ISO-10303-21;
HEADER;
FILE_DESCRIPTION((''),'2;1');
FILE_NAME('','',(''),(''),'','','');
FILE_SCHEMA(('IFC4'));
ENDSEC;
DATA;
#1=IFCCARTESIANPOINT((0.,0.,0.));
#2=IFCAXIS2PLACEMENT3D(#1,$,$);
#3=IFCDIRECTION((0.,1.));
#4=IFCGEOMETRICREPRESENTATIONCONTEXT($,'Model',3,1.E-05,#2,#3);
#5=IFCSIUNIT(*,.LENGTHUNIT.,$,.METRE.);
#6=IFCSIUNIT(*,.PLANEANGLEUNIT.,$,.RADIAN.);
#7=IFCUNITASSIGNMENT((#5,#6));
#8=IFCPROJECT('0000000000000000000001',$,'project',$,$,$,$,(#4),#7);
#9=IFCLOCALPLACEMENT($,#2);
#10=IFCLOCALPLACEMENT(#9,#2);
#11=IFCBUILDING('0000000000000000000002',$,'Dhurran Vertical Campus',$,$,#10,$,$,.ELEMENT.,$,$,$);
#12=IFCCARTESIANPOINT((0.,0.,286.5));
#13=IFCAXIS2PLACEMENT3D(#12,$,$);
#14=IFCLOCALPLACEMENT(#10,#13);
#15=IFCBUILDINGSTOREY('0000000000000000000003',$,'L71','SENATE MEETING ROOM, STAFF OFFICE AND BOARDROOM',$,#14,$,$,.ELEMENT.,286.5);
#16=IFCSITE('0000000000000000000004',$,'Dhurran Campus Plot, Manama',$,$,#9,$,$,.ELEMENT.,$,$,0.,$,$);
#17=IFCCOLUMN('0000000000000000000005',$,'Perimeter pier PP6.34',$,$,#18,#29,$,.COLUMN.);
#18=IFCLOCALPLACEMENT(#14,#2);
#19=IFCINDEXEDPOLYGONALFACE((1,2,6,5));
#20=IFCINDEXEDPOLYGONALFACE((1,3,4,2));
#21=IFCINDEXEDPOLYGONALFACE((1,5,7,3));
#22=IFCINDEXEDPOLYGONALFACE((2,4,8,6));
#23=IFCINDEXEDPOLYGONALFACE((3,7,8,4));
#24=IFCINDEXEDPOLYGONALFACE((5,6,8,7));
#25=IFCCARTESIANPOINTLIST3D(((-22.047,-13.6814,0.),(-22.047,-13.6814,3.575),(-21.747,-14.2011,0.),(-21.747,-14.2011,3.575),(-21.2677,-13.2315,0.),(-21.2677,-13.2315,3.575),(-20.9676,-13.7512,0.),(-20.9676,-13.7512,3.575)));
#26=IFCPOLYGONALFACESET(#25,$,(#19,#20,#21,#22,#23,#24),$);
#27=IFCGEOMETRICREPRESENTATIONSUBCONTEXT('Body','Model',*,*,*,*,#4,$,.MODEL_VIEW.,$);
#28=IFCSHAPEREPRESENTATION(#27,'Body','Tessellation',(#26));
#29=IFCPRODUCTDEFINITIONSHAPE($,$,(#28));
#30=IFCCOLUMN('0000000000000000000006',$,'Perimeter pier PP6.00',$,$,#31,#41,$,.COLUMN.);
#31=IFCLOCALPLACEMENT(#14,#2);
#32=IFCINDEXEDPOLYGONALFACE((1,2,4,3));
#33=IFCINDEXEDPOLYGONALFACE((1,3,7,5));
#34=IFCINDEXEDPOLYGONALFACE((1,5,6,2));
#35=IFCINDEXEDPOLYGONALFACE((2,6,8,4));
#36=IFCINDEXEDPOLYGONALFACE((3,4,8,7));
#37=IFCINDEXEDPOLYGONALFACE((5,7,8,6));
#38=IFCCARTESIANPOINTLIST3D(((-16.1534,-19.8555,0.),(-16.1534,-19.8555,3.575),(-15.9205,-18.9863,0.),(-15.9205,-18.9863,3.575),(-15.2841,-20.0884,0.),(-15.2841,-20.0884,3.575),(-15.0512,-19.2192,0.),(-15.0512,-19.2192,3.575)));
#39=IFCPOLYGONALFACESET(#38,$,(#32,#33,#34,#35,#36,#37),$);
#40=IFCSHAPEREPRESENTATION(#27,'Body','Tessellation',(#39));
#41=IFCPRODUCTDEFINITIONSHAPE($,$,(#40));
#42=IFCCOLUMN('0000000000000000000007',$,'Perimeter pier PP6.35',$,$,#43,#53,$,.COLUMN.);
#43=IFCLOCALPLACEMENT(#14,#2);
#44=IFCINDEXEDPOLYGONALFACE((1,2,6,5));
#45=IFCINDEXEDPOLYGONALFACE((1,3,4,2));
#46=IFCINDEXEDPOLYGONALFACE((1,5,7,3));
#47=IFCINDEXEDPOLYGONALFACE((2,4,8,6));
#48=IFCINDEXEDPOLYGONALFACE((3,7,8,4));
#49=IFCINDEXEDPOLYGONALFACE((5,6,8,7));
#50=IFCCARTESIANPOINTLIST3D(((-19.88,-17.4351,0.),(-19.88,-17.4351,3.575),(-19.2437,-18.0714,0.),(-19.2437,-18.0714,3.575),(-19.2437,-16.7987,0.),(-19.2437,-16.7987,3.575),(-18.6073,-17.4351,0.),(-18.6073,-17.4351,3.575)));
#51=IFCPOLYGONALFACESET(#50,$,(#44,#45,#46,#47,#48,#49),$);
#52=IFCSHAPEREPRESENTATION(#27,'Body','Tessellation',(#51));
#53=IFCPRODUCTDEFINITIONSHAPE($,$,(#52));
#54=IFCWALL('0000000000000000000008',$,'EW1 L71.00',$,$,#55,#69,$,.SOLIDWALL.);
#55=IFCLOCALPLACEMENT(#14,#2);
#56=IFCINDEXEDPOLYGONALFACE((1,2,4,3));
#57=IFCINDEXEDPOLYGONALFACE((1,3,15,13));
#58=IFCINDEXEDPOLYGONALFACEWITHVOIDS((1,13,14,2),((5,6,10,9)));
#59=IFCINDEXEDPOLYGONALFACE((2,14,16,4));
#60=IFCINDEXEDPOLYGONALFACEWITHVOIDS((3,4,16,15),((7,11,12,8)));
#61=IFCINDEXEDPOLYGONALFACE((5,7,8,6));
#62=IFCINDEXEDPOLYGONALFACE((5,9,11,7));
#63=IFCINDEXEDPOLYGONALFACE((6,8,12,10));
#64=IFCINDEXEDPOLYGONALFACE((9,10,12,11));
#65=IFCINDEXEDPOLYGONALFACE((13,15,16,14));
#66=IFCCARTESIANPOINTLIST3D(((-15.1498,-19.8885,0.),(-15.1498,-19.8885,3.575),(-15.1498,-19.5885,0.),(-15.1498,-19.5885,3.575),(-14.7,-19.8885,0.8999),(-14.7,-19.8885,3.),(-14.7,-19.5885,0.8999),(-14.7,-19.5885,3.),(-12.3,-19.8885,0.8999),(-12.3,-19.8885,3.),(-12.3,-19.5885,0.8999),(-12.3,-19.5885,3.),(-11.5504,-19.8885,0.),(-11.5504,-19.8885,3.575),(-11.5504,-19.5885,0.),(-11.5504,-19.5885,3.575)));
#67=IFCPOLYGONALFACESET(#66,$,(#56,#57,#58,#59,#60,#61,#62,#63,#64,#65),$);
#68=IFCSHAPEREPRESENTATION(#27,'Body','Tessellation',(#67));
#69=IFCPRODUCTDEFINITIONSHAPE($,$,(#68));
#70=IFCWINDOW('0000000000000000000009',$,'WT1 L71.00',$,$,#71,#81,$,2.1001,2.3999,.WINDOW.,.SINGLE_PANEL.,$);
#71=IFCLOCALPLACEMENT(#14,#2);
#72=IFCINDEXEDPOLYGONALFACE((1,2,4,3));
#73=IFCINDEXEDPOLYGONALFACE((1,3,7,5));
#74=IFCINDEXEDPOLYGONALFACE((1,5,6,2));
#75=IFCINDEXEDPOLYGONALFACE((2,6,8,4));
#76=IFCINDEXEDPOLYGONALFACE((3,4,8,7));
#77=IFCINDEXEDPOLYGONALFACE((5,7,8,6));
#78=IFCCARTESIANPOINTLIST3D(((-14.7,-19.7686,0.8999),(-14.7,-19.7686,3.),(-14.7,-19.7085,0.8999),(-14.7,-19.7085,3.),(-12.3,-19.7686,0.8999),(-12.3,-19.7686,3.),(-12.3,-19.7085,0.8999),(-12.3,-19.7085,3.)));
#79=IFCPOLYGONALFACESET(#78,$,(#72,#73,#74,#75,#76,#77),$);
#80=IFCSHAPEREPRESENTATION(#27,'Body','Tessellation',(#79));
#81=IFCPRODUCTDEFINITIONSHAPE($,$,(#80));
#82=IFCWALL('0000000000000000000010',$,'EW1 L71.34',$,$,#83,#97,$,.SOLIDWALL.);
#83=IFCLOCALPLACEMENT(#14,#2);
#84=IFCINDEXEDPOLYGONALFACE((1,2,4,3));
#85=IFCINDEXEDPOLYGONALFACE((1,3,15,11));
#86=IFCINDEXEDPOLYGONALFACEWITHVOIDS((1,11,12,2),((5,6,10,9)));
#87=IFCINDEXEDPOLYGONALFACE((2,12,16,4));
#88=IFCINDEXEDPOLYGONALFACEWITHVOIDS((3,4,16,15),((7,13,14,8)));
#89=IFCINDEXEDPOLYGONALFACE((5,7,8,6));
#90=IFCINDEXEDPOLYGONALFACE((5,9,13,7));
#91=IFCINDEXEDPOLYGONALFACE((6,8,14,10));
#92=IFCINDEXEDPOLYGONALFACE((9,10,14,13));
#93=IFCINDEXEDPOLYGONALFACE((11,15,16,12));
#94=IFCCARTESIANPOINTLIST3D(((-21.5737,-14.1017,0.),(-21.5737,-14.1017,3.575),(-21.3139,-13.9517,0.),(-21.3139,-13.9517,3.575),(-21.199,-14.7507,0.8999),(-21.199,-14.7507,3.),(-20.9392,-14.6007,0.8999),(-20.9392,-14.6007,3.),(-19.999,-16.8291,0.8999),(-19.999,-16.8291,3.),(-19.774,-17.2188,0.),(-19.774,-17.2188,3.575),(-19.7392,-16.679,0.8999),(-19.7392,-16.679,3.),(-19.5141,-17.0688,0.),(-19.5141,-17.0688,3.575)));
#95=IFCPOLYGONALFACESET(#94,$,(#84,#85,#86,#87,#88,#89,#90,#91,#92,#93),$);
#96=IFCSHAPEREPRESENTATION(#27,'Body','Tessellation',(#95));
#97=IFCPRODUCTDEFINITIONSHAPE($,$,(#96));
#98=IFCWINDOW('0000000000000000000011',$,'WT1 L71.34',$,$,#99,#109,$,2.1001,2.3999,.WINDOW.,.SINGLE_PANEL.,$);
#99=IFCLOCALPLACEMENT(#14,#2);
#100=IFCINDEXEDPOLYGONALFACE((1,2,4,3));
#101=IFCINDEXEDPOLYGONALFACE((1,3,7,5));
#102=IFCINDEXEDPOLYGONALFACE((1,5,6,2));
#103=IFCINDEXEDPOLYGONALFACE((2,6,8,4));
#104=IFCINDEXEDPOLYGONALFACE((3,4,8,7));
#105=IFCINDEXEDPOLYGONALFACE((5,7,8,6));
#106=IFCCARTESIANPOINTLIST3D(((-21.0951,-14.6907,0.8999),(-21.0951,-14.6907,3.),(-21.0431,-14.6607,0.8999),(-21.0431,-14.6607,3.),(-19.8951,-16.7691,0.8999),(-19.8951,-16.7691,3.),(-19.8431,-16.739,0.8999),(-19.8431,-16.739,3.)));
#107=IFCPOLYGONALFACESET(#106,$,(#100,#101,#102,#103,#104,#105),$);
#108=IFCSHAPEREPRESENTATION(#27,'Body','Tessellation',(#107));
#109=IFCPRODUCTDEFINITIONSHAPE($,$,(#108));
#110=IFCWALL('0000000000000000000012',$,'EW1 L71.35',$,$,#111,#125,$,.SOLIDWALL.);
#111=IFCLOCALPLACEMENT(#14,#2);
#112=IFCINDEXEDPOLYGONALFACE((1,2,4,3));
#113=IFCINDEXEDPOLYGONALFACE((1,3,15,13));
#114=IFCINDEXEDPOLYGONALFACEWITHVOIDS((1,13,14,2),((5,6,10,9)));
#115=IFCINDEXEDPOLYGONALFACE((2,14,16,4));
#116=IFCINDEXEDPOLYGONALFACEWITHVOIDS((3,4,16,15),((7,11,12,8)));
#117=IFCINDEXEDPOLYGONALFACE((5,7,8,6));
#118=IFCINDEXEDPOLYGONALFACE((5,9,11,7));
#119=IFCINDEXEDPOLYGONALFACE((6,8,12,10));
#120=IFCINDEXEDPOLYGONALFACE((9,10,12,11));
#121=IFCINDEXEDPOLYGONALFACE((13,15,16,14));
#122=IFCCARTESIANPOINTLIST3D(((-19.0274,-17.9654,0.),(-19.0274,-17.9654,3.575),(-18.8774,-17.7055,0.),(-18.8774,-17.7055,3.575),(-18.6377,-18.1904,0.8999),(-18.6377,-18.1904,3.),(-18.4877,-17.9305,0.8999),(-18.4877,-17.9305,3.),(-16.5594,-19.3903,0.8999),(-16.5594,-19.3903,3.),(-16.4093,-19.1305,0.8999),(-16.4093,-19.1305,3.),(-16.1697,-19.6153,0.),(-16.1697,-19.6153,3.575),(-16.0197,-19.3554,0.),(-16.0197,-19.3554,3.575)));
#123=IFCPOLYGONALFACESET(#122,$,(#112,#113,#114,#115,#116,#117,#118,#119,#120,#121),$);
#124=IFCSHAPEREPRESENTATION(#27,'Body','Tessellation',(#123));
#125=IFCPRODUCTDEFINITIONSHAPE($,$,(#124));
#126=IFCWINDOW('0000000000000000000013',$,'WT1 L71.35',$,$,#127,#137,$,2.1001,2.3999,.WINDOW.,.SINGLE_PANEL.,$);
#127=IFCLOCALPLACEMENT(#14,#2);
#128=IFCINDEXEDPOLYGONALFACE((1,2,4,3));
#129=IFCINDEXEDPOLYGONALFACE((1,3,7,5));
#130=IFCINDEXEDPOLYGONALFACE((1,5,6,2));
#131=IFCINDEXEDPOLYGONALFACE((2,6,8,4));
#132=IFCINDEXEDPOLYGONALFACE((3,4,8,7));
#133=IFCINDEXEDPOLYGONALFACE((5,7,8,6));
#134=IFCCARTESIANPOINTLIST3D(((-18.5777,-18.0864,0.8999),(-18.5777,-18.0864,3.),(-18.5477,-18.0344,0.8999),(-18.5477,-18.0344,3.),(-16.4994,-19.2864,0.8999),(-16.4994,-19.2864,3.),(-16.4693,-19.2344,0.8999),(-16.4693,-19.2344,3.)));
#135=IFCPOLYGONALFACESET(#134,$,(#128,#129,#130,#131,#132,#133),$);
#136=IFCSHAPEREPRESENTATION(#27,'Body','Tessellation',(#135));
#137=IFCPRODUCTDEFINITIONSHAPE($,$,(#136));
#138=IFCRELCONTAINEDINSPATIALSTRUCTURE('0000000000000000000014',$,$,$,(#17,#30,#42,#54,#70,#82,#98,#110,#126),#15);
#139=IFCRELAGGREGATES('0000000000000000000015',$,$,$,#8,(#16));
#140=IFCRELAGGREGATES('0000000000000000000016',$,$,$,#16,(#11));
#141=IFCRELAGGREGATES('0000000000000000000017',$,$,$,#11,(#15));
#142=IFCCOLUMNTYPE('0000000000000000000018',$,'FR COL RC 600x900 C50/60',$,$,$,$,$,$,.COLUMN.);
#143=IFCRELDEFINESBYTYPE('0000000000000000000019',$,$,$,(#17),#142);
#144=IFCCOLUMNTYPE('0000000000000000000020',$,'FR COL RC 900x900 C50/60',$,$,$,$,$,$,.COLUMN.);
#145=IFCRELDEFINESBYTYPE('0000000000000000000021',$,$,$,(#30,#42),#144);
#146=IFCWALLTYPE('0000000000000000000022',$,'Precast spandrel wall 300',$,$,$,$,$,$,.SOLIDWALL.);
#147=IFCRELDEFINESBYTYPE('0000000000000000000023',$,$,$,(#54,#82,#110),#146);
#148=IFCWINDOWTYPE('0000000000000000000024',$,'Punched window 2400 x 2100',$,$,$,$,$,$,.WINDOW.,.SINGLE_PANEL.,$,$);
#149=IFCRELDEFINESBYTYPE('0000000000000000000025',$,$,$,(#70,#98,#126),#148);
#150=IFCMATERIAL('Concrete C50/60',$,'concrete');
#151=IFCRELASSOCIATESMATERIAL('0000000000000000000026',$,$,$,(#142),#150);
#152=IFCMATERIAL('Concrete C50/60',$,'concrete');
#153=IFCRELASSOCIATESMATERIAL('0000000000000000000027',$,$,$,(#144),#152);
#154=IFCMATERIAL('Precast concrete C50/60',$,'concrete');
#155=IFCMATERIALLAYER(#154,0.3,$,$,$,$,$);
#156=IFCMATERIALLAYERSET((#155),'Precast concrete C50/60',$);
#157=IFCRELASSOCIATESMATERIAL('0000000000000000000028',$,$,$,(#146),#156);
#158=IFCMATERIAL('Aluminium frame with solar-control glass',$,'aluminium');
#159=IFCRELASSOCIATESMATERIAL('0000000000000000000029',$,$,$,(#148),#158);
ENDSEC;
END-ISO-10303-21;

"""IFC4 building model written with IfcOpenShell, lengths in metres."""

from ifc_helpers import new_model, si_unit, direction, frame, frame_2d, origin, origin_2d, place, context, subcontext, project, spatial, rectangle, extrude, material, layer, layer_set, material_profile, profile_set, type_object, element, fill, save


model = new_model("IFC4")

# Units and contexts
model_context = context("Model", 3, precision=1e-05, world=origin(), true_north=direction((0.0, 1.0)))
body_context = subcontext(model_context, "Body", "Model", "MODEL_VIEW")
ifc_project = project(units=[si_unit("LENGTHUNIT", "METRE"), si_unit("PLANEANGLEUNIT", "RADIAN")], contexts=[model_context])

# Site, building, storey
site_placement = place(None, origin())
site = spatial("IfcSite", under=ifc_project, at=site_placement, Name="Dhurran Campus Plot, Manama", CompositionType="ELEMENT", RefElevation=0.0)
building_placement = place(site_placement, origin())
building = spatial("IfcBuilding", under=site, at=building_placement, Name="Dhurran Vertical Campus", CompositionType="ELEMENT")
storey_placement = place(building_placement, frame((0.0, 0.0, 286.5)))
storey = spatial("IfcBuildingStorey", under=building, at=storey_placement, Name="L71", Description="SENATE MEETING ROOM, STAFF OFFICE AND BOARDROOM", CompositionType="ELEMENT", Elevation=286.5)

# Columns
ifc_material_1 = material(Name="Concrete C50/60", Category="concrete")
ifc_material_profile_1 = material_profile(ifc_material_1, rectangle(XDim=0.6001, YDim=0.8999, at=origin_2d()), Name="RC 600x900")
ifc_profile_set_1 = profile_set([ifc_material_profile_1], Name="Concrete C50/60")
column_type_1 = type_object("IfcColumnType", Name="FR COL RC 600x900 C50/60", PredefinedType="COLUMN", material=ifc_profile_set_1)
column_placement = place(storey_placement, frame((-21.5073, -13.7163, 0.0), z_axis=(0.0, 0.0, 1.0), x_axis=(0.5, -0.866025, 0.0)))
element("IfcColumn", 1, at=column_placement, inside=storey, type_object=column_type_1, Name="Perimeter pier PP6.34", PredefinedType="COLUMN", context=body_context, shape_type="SweptSolid", body=[
    extrude(rectangle(XDim=0.6001, YDim=0.8999, at=origin_2d()), origin(), (0.0, 0.0, 1.0), 3.575),
])
ifc_material_2 = material(Name="Concrete C50/60", Category="concrete")
ifc_material_profile_2 = material_profile(ifc_material_2, rectangle(XDim=0.8999, YDim=0.8999, at=origin_2d()), Name="RC 900x900")
ifc_profile_set_2 = profile_set([ifc_material_profile_2], Name="Concrete C50/60")
column_type_2 = type_object("IfcColumnType", Name="FR COL RC 900x900 C50/60", PredefinedType="COLUMN", material=ifc_profile_set_2)
for number, where, z_axis, x_axis, name in (
    (2, (-15.6023, -19.5374, 0.0), (0.0, 0.0, 1.0), (0.965926, -0.258819, 0.0), "Perimeter pier PP6.00"),
    (3, (-19.2437, -17.4351, 0.0), (0.0, 0.0, 1.0), (0.707107, -0.707107, 0.0), "Perimeter pier PP6.35"),
):
    element("IfcColumn", number, at=place(storey_placement, frame(where, z_axis=z_axis, x_axis=x_axis)), inside=storey, type_object=column_type_2, Name=name, PredefinedType="COLUMN", context=body_context, shape_type="SweptSolid", body=[
        extrude(rectangle(XDim=0.8999, YDim=0.8999, at=origin_2d()), origin(), (0.0, 0.0, 1.0), 3.575),
    ])

# Walls, openings, windows
ifc_material_3 = material(Name="Precast concrete C50/60", Category="concrete")
ifc_layer_1 = layer(ifc_material_3, 0.3)
ifc_layer_set_1 = layer_set([ifc_layer_1], Name="Precast concrete C50/60")
wall_type_1 = type_object("IfcWallType", Name="Precast spandrel wall 300", PredefinedType="SOLIDWALL", material=ifc_layer_set_1)
wall_1_placement = place(storey_placement, frame((-15.1499, -19.7385, 0.0), z_axis=(0.0, 0.0, 1.0), x_axis=(1.0, 0.0, 0.0)))
wall_1 = element("IfcWall", 4, at=wall_1_placement, inside=storey, type_object=wall_type_1, Name="EW1 L71.00", PredefinedType="SOLIDWALL", context=body_context, shape_type="SweptSolid", body=[
    extrude(rectangle(XDim=3.5994, YDim=0.3, at=frame_2d((1.7998, 0.0))), origin(), (0.0, 0.0, 1.0), 3.575),
])
opening_1_placement = place(wall_1_placement, frame((0.45, 0.0, 0.8999)))
opening_1 = element("IfcOpeningElement", 5, at=opening_1_placement, cuts=wall_1, PredefinedType="OPENING", context=body_context, shape_type="SweptSolid", body=[
    extrude(rectangle(XDim=2.3999, YDim=2.1001, at=frame_2d((1.2, 1.05))), frame((0.0, 0.1599, 0.0), z_axis=(0.0, -1.0, 0.0), x_axis=(1.0, 0.0, 0.0)), (0.0, 0.0, 1.0), 0.3201),
])
ifc_material_4 = material(Name="Aluminium frame with solar-control glass", Category="aluminium")
window_type = type_object("IfcWindowType", Name="Punched window 2400 x 2100", PartitioningType="SINGLE_PANEL", PredefinedType="WINDOW", material=ifc_material_4)
window_1_placement = place(opening_1_placement, origin())
window_1 = element("IfcWindow", 6, at=window_1_placement, inside=storey, type_object=window_type, Name="WT1 L71.00", OverallHeight=2.1001, OverallWidth=2.3999, PartitioningType="SINGLE_PANEL", PredefinedType="WINDOW", context=body_context, shape_type="SweptSolid", body=[
    extrude(rectangle(XDim=2.3999, YDim=2.1001, at=frame_2d((1.2, 1.05))), frame((0.0, 0.03, 0.0), z_axis=(0.0, -1.0, 0.0), x_axis=(1.0, 0.0, 0.0)), (0.0, 0.0, 1.0), 0.0601),
])
fill(opening_1, window_1)
wall_2_placement = place(storey_placement, frame((-21.4438, -14.0266, 0.0), z_axis=(0.0, 0.0, 1.0), x_axis=(0.50002, -0.866014, 0.0)))
wall_2 = element("IfcWall", 7, at=wall_2_placement, inside=storey, type_object=wall_type_1, Name="EW1 L71.34", PredefinedType="SOLIDWALL", context=body_context, shape_type="SweptSolid", body=[
    extrude(rectangle(XDim=3.5994, YDim=0.3, at=frame_2d((1.7998, 0.0))), origin(), (0.0, 0.0, 1.0), 3.575),
])
opening_2_placement = place(wall_2_placement, frame((0.7495, 0.0, 0.8999)))
opening_2 = element("IfcOpeningElement", 8, at=opening_2_placement, cuts=wall_2, PredefinedType="OPENING", context=body_context, shape_type="SweptSolid", body=[
    extrude(rectangle(XDim=2.3999, YDim=2.1001, at=frame_2d((1.2, 1.05))), frame((0.0, 0.1599, 0.0), z_axis=(0.0, -1.0, 0.0), x_axis=(1.0, 0.0, 0.0)), (0.0, 0.0, 1.0), 0.3201),
])
window_2_placement = place(opening_2_placement, origin())
window_2 = element("IfcWindow", 9, at=window_2_placement, inside=storey, type_object=window_type, Name="WT1 L71.34", OverallHeight=2.1001, OverallWidth=2.3999, PartitioningType="SINGLE_PANEL", PredefinedType="WINDOW", context=body_context, shape_type="SweptSolid", body=[
    extrude(rectangle(XDim=2.3999, YDim=2.1001, at=frame_2d((1.2, 1.05))), frame((0.0, 0.03, 0.0), z_axis=(0.0, -1.0, 0.0), x_axis=(1.0, 0.0, 0.0)), (0.0, 0.0, 1.0), 0.0601),
])
fill(opening_2, window_2)
wall_3_placement = place(storey_placement, frame((-18.9524, -17.8354, 0.0), z_axis=(0.0, 0.0, 1.0), x_axis=(0.866022, -0.500006, 0.0)))
wall_3 = element("IfcWall", 10, at=wall_3_placement, inside=storey, type_object=wall_type_1, Name="EW1 L71.35", PredefinedType="SOLIDWALL", context=body_context, shape_type="SweptSolid", body=[
    extrude(rectangle(XDim=3.2998, YDim=0.3, at=frame_2d((1.6499, 0.0))), origin(), (0.0, 0.0, 1.0), 3.575),
])
opening_3_placement = place(wall_3_placement, frame((0.45, 0.0, 0.8999)))
opening_3 = element("IfcOpeningElement", 11, at=opening_3_placement, cuts=wall_3, PredefinedType="OPENING", context=body_context, shape_type="SweptSolid", body=[
    extrude(rectangle(XDim=2.3999, YDim=2.1001, at=frame_2d((1.2, 1.05))), frame((0.0, 0.1599, 0.0), z_axis=(0.0, -1.0, 0.0), x_axis=(1.0, 0.0, 0.0)), (0.0, 0.0, 1.0), 0.3201),
])
window_3_placement = place(opening_3_placement, origin())
window_3 = element("IfcWindow", 12, at=window_3_placement, inside=storey, type_object=window_type, Name="WT1 L71.35", OverallHeight=2.1001, OverallWidth=2.3999, PartitioningType="SINGLE_PANEL", PredefinedType="WINDOW", context=body_context, shape_type="SweptSolid", body=[
    extrude(rectangle(XDim=2.3999, YDim=2.1001, at=frame_2d((1.2, 1.05))), frame((0.0, 0.03, 0.0), z_axis=(0.0, -1.0, 0.0), x_axis=(1.0, 0.0, 0.0)), (0.0, 0.0, 1.0), 0.0601),
])
fill(opening_3, window_3)

save(model, "model.ifc")
